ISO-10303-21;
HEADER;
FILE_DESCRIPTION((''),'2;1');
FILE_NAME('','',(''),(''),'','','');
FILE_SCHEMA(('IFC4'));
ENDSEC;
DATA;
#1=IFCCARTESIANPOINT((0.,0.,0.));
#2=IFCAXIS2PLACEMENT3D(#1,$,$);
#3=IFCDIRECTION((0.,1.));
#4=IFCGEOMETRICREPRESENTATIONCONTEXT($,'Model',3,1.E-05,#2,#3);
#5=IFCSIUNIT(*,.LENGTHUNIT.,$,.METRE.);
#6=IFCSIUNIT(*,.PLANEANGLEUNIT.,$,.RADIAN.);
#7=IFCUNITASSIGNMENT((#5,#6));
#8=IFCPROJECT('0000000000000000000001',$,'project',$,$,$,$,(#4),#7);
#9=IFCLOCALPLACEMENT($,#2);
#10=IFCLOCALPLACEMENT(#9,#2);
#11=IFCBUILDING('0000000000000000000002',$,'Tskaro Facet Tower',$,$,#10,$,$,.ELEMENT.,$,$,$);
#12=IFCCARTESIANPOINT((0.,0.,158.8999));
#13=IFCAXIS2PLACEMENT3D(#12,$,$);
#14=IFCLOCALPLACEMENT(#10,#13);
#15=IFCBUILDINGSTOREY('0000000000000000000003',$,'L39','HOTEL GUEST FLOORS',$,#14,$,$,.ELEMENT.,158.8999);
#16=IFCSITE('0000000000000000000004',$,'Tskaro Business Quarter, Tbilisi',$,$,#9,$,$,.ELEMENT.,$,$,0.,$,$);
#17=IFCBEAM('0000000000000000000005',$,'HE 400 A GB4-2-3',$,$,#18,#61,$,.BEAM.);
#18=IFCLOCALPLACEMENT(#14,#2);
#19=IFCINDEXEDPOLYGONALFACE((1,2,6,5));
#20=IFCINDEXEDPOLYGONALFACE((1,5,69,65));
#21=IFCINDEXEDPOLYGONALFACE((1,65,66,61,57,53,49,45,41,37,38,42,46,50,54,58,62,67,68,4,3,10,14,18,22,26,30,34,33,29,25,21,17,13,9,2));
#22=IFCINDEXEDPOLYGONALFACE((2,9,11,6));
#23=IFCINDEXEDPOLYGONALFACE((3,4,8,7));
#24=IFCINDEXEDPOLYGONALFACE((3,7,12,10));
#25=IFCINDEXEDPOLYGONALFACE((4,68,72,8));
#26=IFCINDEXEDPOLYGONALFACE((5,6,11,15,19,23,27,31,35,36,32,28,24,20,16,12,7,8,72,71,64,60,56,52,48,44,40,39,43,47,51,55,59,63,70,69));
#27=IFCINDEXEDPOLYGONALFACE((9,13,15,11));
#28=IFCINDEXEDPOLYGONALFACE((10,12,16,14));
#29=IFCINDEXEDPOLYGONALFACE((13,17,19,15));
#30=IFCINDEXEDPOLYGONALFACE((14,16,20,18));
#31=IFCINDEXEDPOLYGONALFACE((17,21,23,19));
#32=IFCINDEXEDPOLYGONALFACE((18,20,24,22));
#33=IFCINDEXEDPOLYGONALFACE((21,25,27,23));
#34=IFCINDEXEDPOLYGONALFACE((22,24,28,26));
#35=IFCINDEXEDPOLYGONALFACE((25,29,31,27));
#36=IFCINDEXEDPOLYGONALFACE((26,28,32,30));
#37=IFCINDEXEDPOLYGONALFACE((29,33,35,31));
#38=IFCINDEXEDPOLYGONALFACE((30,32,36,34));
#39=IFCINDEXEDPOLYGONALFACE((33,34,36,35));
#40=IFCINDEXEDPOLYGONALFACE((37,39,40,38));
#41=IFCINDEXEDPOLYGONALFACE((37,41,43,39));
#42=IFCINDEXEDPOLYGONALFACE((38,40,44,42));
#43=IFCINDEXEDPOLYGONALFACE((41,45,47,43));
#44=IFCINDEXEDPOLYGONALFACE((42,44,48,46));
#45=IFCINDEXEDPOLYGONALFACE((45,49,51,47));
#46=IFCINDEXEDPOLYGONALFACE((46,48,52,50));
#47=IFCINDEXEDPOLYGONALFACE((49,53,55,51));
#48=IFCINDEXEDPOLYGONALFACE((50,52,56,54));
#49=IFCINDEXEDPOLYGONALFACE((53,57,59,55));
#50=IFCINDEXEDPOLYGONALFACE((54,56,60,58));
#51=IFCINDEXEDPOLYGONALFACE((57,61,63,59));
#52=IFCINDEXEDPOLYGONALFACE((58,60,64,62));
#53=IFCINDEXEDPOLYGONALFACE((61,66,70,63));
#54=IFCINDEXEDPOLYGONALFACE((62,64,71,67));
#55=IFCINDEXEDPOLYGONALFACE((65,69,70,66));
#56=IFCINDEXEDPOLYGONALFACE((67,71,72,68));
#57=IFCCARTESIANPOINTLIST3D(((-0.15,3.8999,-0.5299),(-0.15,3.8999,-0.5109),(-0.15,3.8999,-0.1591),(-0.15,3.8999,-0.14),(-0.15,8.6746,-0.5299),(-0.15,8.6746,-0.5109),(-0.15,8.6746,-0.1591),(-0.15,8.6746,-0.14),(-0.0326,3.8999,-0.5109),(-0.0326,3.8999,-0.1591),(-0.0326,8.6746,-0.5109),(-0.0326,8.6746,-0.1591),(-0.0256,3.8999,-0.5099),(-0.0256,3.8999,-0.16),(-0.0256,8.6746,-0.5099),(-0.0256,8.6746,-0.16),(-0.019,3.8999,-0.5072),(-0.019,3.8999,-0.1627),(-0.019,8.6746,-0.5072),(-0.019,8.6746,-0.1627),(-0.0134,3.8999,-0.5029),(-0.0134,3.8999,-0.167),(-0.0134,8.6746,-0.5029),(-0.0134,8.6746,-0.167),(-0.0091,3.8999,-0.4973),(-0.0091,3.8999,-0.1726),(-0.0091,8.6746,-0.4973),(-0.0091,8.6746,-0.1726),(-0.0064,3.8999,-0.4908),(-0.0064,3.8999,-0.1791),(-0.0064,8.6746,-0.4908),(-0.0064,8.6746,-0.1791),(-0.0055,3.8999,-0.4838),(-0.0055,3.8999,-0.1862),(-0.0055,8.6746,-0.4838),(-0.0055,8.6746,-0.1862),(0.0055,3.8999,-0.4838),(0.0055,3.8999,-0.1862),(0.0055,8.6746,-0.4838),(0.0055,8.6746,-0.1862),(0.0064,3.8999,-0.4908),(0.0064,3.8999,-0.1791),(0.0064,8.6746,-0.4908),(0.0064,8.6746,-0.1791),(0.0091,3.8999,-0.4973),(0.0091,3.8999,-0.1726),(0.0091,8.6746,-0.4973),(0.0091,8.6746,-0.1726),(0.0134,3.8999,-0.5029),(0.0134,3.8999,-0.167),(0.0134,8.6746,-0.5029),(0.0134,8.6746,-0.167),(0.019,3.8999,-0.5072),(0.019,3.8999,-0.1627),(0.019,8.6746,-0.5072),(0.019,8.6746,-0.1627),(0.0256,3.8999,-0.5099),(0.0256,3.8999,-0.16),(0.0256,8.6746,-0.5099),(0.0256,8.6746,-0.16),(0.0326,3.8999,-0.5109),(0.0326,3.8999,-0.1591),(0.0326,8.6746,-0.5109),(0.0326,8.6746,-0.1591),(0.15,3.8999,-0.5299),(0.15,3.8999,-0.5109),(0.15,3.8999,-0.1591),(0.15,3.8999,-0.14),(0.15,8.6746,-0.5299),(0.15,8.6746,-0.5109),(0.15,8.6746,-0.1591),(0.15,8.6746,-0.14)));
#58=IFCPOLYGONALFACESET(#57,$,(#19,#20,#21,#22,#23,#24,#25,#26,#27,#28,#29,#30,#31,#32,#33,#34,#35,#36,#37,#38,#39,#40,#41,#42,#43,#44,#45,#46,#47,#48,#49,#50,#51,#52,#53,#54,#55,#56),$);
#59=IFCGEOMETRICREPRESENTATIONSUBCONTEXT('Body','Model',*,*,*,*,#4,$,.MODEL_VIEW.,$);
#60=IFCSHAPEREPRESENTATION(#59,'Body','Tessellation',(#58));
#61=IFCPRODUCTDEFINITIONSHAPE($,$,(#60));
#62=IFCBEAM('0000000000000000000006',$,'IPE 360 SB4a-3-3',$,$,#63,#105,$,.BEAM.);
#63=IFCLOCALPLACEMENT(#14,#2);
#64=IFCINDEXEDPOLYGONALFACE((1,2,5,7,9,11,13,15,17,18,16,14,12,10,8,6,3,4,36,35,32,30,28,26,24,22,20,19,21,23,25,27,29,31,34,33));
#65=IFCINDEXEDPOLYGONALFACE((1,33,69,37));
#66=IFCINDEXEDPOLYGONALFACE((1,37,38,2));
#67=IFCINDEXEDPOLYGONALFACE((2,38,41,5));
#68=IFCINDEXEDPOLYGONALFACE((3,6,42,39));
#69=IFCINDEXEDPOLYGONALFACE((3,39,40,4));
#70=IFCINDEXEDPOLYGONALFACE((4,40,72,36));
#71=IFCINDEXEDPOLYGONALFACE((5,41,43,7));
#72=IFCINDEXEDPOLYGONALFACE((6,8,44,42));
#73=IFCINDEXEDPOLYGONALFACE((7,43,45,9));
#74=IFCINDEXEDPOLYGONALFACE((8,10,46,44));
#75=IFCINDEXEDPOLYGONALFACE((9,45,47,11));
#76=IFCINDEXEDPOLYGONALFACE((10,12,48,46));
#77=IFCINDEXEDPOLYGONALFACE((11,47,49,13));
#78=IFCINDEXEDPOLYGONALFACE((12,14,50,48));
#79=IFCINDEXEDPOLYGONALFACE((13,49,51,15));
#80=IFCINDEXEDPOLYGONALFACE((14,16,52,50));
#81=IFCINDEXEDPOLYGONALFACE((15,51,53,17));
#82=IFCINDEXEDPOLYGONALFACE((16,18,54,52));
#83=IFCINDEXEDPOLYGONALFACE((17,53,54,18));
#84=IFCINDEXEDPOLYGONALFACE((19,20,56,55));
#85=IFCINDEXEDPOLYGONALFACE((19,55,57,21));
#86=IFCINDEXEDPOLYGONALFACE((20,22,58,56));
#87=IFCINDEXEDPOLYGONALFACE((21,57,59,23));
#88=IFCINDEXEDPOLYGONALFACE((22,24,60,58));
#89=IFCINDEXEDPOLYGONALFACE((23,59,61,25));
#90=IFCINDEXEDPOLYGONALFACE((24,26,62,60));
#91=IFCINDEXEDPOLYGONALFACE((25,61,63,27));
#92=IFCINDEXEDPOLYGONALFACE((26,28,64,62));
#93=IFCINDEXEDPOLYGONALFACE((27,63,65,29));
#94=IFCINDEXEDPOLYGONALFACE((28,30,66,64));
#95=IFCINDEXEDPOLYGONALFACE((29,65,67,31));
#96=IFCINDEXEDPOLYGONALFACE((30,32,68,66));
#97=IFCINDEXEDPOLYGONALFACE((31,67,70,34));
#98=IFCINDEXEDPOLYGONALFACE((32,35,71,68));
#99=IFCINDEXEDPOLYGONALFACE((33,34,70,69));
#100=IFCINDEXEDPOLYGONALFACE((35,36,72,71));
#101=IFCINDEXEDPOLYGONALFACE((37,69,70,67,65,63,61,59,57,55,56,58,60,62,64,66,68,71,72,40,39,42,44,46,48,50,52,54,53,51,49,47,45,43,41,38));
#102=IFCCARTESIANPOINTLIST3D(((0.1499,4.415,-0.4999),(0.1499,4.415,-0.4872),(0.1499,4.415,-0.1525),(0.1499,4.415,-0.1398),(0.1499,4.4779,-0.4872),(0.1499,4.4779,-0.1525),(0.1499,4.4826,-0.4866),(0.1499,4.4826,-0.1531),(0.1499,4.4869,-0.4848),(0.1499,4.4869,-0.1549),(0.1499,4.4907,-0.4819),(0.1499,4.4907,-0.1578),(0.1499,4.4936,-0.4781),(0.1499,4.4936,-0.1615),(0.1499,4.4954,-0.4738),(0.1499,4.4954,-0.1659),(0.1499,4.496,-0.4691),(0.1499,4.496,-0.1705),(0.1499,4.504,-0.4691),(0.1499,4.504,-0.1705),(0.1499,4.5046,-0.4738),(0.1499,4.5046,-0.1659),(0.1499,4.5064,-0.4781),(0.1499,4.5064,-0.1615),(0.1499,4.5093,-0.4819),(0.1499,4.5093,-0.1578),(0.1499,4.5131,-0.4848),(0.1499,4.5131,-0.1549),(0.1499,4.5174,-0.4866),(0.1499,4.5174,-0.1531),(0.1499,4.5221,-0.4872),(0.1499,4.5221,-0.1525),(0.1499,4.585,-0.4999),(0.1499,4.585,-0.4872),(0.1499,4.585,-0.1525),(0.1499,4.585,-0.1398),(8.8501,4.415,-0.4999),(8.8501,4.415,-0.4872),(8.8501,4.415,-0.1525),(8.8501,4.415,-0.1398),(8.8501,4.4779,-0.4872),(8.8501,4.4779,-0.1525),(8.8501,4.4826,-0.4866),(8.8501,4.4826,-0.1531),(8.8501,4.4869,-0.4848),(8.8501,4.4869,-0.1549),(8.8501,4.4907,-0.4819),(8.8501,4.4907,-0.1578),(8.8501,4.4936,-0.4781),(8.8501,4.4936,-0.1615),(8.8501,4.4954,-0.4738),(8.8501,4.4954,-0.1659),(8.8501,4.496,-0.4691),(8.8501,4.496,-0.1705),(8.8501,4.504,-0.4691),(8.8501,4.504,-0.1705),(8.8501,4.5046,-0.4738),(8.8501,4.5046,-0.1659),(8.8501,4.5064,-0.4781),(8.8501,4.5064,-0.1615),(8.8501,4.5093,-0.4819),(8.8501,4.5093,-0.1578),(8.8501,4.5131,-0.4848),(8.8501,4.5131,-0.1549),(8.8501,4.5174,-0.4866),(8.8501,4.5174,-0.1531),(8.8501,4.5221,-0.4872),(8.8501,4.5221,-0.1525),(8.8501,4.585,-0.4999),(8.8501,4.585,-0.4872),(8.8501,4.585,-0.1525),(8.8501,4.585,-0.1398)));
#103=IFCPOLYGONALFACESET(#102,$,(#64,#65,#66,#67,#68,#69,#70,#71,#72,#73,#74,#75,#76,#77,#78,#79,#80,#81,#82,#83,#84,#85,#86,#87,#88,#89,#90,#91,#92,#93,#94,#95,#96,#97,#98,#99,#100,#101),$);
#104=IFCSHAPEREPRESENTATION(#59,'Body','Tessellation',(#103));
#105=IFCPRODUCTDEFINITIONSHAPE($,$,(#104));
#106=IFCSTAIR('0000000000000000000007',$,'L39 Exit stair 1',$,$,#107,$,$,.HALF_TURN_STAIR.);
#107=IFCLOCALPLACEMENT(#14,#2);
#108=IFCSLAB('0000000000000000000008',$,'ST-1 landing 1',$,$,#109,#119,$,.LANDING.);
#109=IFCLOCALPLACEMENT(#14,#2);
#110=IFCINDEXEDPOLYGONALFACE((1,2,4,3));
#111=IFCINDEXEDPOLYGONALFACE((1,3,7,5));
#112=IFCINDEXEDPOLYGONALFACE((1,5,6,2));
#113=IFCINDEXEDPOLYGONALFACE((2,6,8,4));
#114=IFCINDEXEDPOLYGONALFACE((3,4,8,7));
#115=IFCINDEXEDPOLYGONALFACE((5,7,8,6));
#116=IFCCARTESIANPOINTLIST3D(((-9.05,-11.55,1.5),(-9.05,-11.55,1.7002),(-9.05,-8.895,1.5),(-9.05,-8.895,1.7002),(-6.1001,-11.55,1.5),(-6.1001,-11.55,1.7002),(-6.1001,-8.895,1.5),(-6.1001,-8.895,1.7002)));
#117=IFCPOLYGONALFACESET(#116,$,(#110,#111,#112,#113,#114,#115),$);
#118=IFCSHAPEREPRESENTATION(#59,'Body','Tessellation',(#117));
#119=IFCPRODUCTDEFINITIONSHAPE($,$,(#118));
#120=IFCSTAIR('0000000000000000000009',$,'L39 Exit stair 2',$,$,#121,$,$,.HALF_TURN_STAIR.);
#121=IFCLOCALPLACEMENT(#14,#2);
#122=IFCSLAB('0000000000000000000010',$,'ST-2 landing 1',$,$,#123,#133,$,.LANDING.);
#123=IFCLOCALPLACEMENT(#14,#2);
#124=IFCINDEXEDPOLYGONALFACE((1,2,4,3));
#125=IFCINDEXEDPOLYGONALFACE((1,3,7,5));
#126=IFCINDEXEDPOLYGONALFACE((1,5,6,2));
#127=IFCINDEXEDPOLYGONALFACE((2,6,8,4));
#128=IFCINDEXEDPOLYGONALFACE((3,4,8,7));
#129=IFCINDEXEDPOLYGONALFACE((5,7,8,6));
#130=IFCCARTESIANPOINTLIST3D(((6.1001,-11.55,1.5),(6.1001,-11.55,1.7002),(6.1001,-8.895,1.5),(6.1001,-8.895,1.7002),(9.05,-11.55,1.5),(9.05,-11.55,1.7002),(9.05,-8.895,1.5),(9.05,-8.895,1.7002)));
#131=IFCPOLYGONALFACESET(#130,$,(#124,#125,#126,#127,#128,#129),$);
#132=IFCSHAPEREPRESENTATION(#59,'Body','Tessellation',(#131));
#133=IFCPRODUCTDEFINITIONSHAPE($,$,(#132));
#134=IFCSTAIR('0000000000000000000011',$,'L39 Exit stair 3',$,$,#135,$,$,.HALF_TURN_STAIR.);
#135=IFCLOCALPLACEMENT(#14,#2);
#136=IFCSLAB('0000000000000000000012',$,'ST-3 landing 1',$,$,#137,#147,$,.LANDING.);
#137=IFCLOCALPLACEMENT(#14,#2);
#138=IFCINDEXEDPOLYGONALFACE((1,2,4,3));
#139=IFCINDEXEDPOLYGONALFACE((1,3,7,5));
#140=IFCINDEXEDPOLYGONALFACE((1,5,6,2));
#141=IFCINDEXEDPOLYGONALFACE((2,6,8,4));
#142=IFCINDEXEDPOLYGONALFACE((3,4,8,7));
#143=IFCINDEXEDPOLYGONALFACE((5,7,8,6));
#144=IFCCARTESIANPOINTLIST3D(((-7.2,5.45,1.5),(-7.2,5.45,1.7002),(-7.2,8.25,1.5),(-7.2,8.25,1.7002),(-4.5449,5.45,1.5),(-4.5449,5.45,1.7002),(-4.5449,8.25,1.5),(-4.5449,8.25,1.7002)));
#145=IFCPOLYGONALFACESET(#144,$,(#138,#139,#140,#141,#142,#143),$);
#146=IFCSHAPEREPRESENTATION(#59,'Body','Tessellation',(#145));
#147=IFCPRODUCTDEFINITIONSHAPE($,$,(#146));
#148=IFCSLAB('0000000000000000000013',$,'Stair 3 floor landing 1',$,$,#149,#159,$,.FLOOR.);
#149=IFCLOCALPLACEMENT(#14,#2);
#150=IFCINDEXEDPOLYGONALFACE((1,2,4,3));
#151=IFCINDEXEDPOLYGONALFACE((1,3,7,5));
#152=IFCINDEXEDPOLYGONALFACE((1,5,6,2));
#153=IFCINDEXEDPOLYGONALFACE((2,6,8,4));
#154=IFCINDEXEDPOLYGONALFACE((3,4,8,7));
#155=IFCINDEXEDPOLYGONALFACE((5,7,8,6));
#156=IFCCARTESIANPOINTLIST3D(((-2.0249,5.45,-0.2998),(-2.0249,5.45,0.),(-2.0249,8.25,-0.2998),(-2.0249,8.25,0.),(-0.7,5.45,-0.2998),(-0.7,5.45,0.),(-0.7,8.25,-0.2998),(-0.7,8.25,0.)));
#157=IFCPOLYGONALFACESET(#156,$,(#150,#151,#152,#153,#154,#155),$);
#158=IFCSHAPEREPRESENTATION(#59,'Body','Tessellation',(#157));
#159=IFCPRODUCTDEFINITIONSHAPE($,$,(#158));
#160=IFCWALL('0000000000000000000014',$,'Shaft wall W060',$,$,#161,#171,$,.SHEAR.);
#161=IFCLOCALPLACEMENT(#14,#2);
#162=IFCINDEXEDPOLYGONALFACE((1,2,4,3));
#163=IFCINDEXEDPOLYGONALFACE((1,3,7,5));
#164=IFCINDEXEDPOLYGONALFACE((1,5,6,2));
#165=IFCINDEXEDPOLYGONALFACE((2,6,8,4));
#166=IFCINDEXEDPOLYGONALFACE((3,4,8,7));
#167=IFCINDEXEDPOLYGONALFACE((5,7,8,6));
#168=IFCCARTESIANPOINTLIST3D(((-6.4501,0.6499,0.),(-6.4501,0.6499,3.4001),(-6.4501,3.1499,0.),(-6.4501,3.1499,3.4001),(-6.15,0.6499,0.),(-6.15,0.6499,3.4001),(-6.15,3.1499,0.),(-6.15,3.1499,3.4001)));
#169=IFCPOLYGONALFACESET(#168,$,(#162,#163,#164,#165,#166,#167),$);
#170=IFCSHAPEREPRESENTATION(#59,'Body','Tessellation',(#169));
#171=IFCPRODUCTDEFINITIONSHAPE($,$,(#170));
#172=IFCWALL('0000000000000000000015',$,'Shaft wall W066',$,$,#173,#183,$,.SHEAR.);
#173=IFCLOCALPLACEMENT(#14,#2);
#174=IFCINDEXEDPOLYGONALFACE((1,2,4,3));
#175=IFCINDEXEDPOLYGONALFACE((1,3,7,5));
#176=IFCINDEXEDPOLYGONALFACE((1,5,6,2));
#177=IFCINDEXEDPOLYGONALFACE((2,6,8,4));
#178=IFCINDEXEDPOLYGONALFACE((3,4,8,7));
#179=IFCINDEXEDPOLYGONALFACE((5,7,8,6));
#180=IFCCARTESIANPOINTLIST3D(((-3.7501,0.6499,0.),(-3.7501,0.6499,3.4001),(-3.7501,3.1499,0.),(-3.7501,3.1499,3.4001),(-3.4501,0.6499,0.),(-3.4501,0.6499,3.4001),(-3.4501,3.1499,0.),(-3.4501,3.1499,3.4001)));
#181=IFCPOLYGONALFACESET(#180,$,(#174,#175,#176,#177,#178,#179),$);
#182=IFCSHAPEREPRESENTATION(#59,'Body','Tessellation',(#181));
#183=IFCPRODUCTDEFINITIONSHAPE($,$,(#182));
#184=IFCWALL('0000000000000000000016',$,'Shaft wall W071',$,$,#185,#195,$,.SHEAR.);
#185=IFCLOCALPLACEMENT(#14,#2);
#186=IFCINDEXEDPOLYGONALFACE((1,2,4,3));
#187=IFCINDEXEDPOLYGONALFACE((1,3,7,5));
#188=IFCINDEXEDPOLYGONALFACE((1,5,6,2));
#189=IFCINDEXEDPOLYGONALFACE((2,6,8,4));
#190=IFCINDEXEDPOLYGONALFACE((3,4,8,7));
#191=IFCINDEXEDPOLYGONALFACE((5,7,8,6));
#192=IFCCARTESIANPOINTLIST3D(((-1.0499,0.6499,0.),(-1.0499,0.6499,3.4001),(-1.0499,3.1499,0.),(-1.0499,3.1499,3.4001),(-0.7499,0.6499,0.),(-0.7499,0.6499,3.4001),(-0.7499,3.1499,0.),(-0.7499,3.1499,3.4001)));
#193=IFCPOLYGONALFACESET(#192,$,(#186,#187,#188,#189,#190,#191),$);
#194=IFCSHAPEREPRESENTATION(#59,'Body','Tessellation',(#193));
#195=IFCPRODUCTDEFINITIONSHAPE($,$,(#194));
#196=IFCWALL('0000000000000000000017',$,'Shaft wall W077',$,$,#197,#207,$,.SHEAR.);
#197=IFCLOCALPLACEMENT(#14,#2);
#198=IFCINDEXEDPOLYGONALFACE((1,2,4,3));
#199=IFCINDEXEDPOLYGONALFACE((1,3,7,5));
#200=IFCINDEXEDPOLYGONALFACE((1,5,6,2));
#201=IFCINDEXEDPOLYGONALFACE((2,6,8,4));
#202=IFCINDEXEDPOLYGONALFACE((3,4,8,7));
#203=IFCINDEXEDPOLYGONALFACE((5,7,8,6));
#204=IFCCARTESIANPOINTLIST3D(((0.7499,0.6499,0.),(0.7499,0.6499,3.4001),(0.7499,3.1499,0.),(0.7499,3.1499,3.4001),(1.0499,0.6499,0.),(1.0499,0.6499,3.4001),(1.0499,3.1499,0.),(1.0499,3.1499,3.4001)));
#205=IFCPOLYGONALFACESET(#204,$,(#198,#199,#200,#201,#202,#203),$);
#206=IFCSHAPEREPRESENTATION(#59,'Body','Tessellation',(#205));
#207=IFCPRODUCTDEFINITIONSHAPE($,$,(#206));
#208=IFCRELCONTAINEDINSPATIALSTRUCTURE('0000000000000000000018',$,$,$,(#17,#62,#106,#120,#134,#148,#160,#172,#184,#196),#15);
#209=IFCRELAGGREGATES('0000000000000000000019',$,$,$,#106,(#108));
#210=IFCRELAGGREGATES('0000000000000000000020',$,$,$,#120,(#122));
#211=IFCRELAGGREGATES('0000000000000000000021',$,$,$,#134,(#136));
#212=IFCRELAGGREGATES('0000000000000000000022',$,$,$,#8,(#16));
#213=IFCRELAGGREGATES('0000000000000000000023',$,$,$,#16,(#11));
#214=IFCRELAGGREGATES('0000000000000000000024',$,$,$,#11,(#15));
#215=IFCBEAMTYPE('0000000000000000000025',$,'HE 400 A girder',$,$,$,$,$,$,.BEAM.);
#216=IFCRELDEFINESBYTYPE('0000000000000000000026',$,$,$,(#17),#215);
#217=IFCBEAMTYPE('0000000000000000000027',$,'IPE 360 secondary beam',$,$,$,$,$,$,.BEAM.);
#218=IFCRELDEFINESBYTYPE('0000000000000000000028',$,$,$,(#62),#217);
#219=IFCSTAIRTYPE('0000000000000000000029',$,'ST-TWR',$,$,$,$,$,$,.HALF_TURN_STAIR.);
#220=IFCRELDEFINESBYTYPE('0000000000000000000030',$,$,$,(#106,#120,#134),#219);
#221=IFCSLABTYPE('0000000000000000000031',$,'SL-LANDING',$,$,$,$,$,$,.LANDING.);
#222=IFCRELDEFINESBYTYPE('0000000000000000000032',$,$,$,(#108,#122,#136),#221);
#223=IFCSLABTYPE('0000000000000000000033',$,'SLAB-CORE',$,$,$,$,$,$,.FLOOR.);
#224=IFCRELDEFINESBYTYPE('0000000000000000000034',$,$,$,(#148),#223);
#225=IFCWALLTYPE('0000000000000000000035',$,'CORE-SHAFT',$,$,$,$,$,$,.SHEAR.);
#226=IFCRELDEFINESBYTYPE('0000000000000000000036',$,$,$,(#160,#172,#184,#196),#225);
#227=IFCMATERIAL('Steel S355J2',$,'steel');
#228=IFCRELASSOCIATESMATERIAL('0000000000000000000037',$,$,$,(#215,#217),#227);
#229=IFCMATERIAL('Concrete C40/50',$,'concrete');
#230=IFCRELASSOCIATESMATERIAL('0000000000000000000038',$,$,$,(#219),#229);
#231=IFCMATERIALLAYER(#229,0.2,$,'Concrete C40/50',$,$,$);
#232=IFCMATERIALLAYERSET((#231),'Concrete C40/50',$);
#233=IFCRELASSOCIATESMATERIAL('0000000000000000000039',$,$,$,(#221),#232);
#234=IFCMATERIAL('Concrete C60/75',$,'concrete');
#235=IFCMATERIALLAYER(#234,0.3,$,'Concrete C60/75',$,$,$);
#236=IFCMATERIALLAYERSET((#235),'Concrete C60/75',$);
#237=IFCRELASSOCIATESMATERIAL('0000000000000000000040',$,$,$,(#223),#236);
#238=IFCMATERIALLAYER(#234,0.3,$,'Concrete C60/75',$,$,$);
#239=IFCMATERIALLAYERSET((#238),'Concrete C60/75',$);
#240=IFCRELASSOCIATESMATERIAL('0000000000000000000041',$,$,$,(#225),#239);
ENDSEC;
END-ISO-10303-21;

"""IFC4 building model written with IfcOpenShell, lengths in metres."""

from ifc_helpers import new_model, si_unit, direction, frame, frame_2d, origin, origin_2d, place, context, subcontext, project, spatial, polyline, rectangle, i_section, outline, extrude, material, layer, layer_set, material_profile, profile_set, type_object, element, aggregate, save


model = new_model("IFC4")

# Units and contexts
model_context = context("Model", 3, precision=1e-05, world=origin(), true_north=direction((0.0, 1.0)))
body_context = subcontext(model_context, "Body", "Model", "MODEL_VIEW")
ifc_project = project(units=[si_unit("LENGTHUNIT", "METRE"), si_unit("PLANEANGLEUNIT", "RADIAN")], contexts=[model_context])

# Site, building, storey
site_placement = place(None, origin())
site = spatial("IfcSite", under=ifc_project, at=site_placement, Name="Tskaro Business Quarter, Tbilisi", CompositionType="ELEMENT", RefElevation=0.0)
building_placement = place(site_placement, origin())
building = spatial("IfcBuilding", under=site, at=building_placement, Name="Tskaro Facet Tower", CompositionType="ELEMENT")
storey_placement = place(building_placement, frame((0.0, 0.0, 158.8999)))
storey = spatial("IfcBuildingStorey", under=building, at=storey_placement, Name="L39", Description="HOTEL GUEST FLOORS", CompositionType="ELEMENT", Elevation=158.8999)

# Beams
ifc_material_1 = material(Name="Steel S355J2", Category="steel")
ifc_material_profile_1 = material_profile(ifc_material_1, i_section(OverallWidth=0.3, OverallDepth=0.3899, WebThickness=0.011, FlangeThickness=0.019, FilletRadius=0.0271, at=origin_2d()), Name="HE 400 A")
ifc_profile_set_1 = profile_set([ifc_material_profile_1], Name="Steel S355J2")
beam_type_1 = type_object("IfcBeamType", Name="HE 400 A girder", PredefinedType="BEAM", material=ifc_profile_set_1)
beam_1_placement = place(storey_placement, frame((0.0, 3.8999, -0.335), z_axis=(0.0, 1.0, 0.0), x_axis=(-1.0, 0.0, 0.0)))
element("IfcBeam", 1, at=beam_1_placement, inside=storey, type_object=beam_type_1, Name="HE 400 A GB4-2-3", PredefinedType="BEAM", context=body_context, shape_type="SweptSolid", body=[
    extrude(i_section(OverallWidth=0.3, OverallDepth=0.3899, WebThickness=0.011, FlangeThickness=0.019, FilletRadius=0.0271, at=origin_2d()), origin(), (0.0, 0.0, 1.0), 4.7747),
])
ifc_material_profile_2 = material_profile(ifc_material_1, i_section(OverallWidth=0.1699, OverallDepth=0.3601, WebThickness=0.0081, FlangeThickness=0.0127, FilletRadius=0.0181, at=origin_2d()), Name="IPE 360")
ifc_profile_set_2 = profile_set([ifc_material_profile_2], Name="Steel S355J2")
beam_type_2 = type_object("IfcBeamType", Name="IPE 360 secondary beam", PredefinedType="BEAM", material=ifc_profile_set_2)
beam_2_placement = place(storey_placement, frame((0.1499, 4.5, -0.3198), z_axis=(1.0, 0.0, 0.0), x_axis=(0.0, 1.0, 0.0)))
element("IfcBeam", 2, at=beam_2_placement, inside=storey, type_object=beam_type_2, Name="IPE 360 SB4a-3-3", PredefinedType="BEAM", context=body_context, shape_type="SweptSolid", body=[
    extrude(i_section(OverallWidth=0.1699, OverallDepth=0.3601, WebThickness=0.0081, FlangeThickness=0.0127, FilletRadius=0.0181, at=origin_2d()), origin(), (0.0, 0.0, 1.0), 8.7002),
])

# Stairs, slabs
ifc_material_2 = material(Name="Concrete C40/50", Category="concrete")
stair_type = type_object("IfcStairType", Name="ST-TWR", PredefinedType="HALF_TURN_STAIR", material=ifc_material_2)
stair_1_placement = place(storey_placement, origin())
stair_1 = element("IfcStair", 3, at=stair_1_placement, inside=storey, type_object=stair_type, Name="L39 Exit stair 1", PredefinedType="HALF_TURN_STAIR")
ifc_layer_1 = layer(ifc_material_2, 0.2, Name="Concrete C40/50")
ifc_layer_set_1 = layer_set([ifc_layer_1], Name="Concrete C40/50")
slab_type_1 = type_object("IfcSlabType", Name="SL-LANDING", PredefinedType="LANDING", material=ifc_layer_set_1)
slab_1_placement = place(storey_placement, frame((0.0, 0.0, 1.5)))
slab_1 = element("IfcSlab", 4, at=slab_1_placement, type_object=slab_type_1, Name="ST-1 landing 1", PredefinedType="LANDING", context=body_context, shape_type="SweptSolid", body=[
    extrude(outline(polyline([(-9.05, -11.55), (-6.1001, -11.55), (-6.1001, -8.895), (-9.05, -8.895), (-9.05, -11.55)])), origin(), (0.0, 0.0, 1.0), 0.2002),
])
aggregate(stair_1, [slab_1])
stair_2_placement = place(storey_placement, origin())
stair_2 = element("IfcStair", 5, at=stair_2_placement, inside=storey, type_object=stair_type, Name="L39 Exit stair 2", PredefinedType="HALF_TURN_STAIR")
slab_2_placement = place(storey_placement, frame((0.0, 0.0, 1.5)))
slab_2 = element("IfcSlab", 6, at=slab_2_placement, type_object=slab_type_1, Name="ST-2 landing 1", PredefinedType="LANDING", context=body_context, shape_type="SweptSolid", body=[
    extrude(outline(polyline([(6.1001, -11.55), (9.05, -11.55), (9.05, -8.895), (6.1001, -8.895), (6.1001, -11.55)])), origin(), (0.0, 0.0, 1.0), 0.2002),
])
aggregate(stair_2, [slab_2])
stair_3_placement = place(storey_placement, origin())
stair_3 = element("IfcStair", 7, at=stair_3_placement, inside=storey, type_object=stair_type, Name="L39 Exit stair 3", PredefinedType="HALF_TURN_STAIR")
slab_3_placement = place(storey_placement, frame((0.0, 0.0, 1.5)))
slab_3 = element("IfcSlab", 8, at=slab_3_placement, type_object=slab_type_1, Name="ST-3 landing 1", PredefinedType="LANDING", context=body_context, shape_type="SweptSolid", body=[
    extrude(outline(polyline([(-7.2, 5.45), (-4.5449, 5.45), (-4.5449, 8.25), (-7.2, 8.25), (-7.2, 5.45)])), origin(), (0.0, 0.0, 1.0), 0.2002),
])

# Slab
ifc_material_3 = material(Name="Concrete C60/75", Category="concrete")
ifc_layer_2 = layer(ifc_material_3, 0.3, Name="Concrete C60/75")
ifc_layer_set_2 = layer_set([ifc_layer_2], Name="Concrete C60/75")
slab_type_2 = type_object("IfcSlabType", Name="SLAB-CORE", PredefinedType="FLOOR", material=ifc_layer_set_2)
slab_4_placement = place(storey_placement, frame((0.0, 0.0, -0.2998)))
element("IfcSlab", 9, at=slab_4_placement, inside=storey, type_object=slab_type_2, Name="Stair 3 floor landing 1", PredefinedType="FLOOR", context=body_context, shape_type="SweptSolid", body=[
    extrude(outline(polyline([(-2.0249, 5.45), (-0.7, 5.45), (-0.7, 8.25), (-2.0249, 8.25), (-2.0249, 5.45)])), origin(), (0.0, 0.0, 1.0), 0.2998),
])

# Walls
ifc_layer_3 = layer(ifc_material_3, 0.3, Name="Concrete C60/75")
ifc_layer_set_3 = layer_set([ifc_layer_3], Name="Concrete C60/75")
wall_type_1 = type_object("IfcWallType", Name="CORE-SHAFT", PredefinedType="SHEAR", material=ifc_layer_set_3)
for number, where, z_axis, x_axis, name in (
    (10, (-6.3, 0.6499, 0.0), (0.0, 0.0, 1.0), (0.0, 1.0, 0.0), "Shaft wall W060"),
    (11, (-3.6001, 0.6499, 0.0), (0.0, 0.0, 1.0), (0.0, 1.0, 0.0), "Shaft wall W066"),
    (12, (-0.8999, 0.6499, 0.0), (0.0, 0.0, 1.0), (0.0, 1.0, 0.0), "Shaft wall W071"),
    (13, (0.8999, 0.6499, 0.0), (0.0, 0.0, 1.0), (0.0, 1.0, 0.0), "Shaft wall W077"),
):
    element("IfcWall", number, at=place(storey_placement, frame(where, z_axis=z_axis, x_axis=x_axis)), inside=storey, type_object=wall_type_1, Name=name, PredefinedType="SHEAR", context=body_context, shape_type="SweptSolid", body=[
        extrude(rectangle(XDim=2.5, YDim=0.3, at=frame_2d((1.25, 0.0))), origin(), (0.0, 0.0, 1.0), 3.4001),
    ])

aggregate(stair_3, [slab_3])

save(model, "model.ifc")
